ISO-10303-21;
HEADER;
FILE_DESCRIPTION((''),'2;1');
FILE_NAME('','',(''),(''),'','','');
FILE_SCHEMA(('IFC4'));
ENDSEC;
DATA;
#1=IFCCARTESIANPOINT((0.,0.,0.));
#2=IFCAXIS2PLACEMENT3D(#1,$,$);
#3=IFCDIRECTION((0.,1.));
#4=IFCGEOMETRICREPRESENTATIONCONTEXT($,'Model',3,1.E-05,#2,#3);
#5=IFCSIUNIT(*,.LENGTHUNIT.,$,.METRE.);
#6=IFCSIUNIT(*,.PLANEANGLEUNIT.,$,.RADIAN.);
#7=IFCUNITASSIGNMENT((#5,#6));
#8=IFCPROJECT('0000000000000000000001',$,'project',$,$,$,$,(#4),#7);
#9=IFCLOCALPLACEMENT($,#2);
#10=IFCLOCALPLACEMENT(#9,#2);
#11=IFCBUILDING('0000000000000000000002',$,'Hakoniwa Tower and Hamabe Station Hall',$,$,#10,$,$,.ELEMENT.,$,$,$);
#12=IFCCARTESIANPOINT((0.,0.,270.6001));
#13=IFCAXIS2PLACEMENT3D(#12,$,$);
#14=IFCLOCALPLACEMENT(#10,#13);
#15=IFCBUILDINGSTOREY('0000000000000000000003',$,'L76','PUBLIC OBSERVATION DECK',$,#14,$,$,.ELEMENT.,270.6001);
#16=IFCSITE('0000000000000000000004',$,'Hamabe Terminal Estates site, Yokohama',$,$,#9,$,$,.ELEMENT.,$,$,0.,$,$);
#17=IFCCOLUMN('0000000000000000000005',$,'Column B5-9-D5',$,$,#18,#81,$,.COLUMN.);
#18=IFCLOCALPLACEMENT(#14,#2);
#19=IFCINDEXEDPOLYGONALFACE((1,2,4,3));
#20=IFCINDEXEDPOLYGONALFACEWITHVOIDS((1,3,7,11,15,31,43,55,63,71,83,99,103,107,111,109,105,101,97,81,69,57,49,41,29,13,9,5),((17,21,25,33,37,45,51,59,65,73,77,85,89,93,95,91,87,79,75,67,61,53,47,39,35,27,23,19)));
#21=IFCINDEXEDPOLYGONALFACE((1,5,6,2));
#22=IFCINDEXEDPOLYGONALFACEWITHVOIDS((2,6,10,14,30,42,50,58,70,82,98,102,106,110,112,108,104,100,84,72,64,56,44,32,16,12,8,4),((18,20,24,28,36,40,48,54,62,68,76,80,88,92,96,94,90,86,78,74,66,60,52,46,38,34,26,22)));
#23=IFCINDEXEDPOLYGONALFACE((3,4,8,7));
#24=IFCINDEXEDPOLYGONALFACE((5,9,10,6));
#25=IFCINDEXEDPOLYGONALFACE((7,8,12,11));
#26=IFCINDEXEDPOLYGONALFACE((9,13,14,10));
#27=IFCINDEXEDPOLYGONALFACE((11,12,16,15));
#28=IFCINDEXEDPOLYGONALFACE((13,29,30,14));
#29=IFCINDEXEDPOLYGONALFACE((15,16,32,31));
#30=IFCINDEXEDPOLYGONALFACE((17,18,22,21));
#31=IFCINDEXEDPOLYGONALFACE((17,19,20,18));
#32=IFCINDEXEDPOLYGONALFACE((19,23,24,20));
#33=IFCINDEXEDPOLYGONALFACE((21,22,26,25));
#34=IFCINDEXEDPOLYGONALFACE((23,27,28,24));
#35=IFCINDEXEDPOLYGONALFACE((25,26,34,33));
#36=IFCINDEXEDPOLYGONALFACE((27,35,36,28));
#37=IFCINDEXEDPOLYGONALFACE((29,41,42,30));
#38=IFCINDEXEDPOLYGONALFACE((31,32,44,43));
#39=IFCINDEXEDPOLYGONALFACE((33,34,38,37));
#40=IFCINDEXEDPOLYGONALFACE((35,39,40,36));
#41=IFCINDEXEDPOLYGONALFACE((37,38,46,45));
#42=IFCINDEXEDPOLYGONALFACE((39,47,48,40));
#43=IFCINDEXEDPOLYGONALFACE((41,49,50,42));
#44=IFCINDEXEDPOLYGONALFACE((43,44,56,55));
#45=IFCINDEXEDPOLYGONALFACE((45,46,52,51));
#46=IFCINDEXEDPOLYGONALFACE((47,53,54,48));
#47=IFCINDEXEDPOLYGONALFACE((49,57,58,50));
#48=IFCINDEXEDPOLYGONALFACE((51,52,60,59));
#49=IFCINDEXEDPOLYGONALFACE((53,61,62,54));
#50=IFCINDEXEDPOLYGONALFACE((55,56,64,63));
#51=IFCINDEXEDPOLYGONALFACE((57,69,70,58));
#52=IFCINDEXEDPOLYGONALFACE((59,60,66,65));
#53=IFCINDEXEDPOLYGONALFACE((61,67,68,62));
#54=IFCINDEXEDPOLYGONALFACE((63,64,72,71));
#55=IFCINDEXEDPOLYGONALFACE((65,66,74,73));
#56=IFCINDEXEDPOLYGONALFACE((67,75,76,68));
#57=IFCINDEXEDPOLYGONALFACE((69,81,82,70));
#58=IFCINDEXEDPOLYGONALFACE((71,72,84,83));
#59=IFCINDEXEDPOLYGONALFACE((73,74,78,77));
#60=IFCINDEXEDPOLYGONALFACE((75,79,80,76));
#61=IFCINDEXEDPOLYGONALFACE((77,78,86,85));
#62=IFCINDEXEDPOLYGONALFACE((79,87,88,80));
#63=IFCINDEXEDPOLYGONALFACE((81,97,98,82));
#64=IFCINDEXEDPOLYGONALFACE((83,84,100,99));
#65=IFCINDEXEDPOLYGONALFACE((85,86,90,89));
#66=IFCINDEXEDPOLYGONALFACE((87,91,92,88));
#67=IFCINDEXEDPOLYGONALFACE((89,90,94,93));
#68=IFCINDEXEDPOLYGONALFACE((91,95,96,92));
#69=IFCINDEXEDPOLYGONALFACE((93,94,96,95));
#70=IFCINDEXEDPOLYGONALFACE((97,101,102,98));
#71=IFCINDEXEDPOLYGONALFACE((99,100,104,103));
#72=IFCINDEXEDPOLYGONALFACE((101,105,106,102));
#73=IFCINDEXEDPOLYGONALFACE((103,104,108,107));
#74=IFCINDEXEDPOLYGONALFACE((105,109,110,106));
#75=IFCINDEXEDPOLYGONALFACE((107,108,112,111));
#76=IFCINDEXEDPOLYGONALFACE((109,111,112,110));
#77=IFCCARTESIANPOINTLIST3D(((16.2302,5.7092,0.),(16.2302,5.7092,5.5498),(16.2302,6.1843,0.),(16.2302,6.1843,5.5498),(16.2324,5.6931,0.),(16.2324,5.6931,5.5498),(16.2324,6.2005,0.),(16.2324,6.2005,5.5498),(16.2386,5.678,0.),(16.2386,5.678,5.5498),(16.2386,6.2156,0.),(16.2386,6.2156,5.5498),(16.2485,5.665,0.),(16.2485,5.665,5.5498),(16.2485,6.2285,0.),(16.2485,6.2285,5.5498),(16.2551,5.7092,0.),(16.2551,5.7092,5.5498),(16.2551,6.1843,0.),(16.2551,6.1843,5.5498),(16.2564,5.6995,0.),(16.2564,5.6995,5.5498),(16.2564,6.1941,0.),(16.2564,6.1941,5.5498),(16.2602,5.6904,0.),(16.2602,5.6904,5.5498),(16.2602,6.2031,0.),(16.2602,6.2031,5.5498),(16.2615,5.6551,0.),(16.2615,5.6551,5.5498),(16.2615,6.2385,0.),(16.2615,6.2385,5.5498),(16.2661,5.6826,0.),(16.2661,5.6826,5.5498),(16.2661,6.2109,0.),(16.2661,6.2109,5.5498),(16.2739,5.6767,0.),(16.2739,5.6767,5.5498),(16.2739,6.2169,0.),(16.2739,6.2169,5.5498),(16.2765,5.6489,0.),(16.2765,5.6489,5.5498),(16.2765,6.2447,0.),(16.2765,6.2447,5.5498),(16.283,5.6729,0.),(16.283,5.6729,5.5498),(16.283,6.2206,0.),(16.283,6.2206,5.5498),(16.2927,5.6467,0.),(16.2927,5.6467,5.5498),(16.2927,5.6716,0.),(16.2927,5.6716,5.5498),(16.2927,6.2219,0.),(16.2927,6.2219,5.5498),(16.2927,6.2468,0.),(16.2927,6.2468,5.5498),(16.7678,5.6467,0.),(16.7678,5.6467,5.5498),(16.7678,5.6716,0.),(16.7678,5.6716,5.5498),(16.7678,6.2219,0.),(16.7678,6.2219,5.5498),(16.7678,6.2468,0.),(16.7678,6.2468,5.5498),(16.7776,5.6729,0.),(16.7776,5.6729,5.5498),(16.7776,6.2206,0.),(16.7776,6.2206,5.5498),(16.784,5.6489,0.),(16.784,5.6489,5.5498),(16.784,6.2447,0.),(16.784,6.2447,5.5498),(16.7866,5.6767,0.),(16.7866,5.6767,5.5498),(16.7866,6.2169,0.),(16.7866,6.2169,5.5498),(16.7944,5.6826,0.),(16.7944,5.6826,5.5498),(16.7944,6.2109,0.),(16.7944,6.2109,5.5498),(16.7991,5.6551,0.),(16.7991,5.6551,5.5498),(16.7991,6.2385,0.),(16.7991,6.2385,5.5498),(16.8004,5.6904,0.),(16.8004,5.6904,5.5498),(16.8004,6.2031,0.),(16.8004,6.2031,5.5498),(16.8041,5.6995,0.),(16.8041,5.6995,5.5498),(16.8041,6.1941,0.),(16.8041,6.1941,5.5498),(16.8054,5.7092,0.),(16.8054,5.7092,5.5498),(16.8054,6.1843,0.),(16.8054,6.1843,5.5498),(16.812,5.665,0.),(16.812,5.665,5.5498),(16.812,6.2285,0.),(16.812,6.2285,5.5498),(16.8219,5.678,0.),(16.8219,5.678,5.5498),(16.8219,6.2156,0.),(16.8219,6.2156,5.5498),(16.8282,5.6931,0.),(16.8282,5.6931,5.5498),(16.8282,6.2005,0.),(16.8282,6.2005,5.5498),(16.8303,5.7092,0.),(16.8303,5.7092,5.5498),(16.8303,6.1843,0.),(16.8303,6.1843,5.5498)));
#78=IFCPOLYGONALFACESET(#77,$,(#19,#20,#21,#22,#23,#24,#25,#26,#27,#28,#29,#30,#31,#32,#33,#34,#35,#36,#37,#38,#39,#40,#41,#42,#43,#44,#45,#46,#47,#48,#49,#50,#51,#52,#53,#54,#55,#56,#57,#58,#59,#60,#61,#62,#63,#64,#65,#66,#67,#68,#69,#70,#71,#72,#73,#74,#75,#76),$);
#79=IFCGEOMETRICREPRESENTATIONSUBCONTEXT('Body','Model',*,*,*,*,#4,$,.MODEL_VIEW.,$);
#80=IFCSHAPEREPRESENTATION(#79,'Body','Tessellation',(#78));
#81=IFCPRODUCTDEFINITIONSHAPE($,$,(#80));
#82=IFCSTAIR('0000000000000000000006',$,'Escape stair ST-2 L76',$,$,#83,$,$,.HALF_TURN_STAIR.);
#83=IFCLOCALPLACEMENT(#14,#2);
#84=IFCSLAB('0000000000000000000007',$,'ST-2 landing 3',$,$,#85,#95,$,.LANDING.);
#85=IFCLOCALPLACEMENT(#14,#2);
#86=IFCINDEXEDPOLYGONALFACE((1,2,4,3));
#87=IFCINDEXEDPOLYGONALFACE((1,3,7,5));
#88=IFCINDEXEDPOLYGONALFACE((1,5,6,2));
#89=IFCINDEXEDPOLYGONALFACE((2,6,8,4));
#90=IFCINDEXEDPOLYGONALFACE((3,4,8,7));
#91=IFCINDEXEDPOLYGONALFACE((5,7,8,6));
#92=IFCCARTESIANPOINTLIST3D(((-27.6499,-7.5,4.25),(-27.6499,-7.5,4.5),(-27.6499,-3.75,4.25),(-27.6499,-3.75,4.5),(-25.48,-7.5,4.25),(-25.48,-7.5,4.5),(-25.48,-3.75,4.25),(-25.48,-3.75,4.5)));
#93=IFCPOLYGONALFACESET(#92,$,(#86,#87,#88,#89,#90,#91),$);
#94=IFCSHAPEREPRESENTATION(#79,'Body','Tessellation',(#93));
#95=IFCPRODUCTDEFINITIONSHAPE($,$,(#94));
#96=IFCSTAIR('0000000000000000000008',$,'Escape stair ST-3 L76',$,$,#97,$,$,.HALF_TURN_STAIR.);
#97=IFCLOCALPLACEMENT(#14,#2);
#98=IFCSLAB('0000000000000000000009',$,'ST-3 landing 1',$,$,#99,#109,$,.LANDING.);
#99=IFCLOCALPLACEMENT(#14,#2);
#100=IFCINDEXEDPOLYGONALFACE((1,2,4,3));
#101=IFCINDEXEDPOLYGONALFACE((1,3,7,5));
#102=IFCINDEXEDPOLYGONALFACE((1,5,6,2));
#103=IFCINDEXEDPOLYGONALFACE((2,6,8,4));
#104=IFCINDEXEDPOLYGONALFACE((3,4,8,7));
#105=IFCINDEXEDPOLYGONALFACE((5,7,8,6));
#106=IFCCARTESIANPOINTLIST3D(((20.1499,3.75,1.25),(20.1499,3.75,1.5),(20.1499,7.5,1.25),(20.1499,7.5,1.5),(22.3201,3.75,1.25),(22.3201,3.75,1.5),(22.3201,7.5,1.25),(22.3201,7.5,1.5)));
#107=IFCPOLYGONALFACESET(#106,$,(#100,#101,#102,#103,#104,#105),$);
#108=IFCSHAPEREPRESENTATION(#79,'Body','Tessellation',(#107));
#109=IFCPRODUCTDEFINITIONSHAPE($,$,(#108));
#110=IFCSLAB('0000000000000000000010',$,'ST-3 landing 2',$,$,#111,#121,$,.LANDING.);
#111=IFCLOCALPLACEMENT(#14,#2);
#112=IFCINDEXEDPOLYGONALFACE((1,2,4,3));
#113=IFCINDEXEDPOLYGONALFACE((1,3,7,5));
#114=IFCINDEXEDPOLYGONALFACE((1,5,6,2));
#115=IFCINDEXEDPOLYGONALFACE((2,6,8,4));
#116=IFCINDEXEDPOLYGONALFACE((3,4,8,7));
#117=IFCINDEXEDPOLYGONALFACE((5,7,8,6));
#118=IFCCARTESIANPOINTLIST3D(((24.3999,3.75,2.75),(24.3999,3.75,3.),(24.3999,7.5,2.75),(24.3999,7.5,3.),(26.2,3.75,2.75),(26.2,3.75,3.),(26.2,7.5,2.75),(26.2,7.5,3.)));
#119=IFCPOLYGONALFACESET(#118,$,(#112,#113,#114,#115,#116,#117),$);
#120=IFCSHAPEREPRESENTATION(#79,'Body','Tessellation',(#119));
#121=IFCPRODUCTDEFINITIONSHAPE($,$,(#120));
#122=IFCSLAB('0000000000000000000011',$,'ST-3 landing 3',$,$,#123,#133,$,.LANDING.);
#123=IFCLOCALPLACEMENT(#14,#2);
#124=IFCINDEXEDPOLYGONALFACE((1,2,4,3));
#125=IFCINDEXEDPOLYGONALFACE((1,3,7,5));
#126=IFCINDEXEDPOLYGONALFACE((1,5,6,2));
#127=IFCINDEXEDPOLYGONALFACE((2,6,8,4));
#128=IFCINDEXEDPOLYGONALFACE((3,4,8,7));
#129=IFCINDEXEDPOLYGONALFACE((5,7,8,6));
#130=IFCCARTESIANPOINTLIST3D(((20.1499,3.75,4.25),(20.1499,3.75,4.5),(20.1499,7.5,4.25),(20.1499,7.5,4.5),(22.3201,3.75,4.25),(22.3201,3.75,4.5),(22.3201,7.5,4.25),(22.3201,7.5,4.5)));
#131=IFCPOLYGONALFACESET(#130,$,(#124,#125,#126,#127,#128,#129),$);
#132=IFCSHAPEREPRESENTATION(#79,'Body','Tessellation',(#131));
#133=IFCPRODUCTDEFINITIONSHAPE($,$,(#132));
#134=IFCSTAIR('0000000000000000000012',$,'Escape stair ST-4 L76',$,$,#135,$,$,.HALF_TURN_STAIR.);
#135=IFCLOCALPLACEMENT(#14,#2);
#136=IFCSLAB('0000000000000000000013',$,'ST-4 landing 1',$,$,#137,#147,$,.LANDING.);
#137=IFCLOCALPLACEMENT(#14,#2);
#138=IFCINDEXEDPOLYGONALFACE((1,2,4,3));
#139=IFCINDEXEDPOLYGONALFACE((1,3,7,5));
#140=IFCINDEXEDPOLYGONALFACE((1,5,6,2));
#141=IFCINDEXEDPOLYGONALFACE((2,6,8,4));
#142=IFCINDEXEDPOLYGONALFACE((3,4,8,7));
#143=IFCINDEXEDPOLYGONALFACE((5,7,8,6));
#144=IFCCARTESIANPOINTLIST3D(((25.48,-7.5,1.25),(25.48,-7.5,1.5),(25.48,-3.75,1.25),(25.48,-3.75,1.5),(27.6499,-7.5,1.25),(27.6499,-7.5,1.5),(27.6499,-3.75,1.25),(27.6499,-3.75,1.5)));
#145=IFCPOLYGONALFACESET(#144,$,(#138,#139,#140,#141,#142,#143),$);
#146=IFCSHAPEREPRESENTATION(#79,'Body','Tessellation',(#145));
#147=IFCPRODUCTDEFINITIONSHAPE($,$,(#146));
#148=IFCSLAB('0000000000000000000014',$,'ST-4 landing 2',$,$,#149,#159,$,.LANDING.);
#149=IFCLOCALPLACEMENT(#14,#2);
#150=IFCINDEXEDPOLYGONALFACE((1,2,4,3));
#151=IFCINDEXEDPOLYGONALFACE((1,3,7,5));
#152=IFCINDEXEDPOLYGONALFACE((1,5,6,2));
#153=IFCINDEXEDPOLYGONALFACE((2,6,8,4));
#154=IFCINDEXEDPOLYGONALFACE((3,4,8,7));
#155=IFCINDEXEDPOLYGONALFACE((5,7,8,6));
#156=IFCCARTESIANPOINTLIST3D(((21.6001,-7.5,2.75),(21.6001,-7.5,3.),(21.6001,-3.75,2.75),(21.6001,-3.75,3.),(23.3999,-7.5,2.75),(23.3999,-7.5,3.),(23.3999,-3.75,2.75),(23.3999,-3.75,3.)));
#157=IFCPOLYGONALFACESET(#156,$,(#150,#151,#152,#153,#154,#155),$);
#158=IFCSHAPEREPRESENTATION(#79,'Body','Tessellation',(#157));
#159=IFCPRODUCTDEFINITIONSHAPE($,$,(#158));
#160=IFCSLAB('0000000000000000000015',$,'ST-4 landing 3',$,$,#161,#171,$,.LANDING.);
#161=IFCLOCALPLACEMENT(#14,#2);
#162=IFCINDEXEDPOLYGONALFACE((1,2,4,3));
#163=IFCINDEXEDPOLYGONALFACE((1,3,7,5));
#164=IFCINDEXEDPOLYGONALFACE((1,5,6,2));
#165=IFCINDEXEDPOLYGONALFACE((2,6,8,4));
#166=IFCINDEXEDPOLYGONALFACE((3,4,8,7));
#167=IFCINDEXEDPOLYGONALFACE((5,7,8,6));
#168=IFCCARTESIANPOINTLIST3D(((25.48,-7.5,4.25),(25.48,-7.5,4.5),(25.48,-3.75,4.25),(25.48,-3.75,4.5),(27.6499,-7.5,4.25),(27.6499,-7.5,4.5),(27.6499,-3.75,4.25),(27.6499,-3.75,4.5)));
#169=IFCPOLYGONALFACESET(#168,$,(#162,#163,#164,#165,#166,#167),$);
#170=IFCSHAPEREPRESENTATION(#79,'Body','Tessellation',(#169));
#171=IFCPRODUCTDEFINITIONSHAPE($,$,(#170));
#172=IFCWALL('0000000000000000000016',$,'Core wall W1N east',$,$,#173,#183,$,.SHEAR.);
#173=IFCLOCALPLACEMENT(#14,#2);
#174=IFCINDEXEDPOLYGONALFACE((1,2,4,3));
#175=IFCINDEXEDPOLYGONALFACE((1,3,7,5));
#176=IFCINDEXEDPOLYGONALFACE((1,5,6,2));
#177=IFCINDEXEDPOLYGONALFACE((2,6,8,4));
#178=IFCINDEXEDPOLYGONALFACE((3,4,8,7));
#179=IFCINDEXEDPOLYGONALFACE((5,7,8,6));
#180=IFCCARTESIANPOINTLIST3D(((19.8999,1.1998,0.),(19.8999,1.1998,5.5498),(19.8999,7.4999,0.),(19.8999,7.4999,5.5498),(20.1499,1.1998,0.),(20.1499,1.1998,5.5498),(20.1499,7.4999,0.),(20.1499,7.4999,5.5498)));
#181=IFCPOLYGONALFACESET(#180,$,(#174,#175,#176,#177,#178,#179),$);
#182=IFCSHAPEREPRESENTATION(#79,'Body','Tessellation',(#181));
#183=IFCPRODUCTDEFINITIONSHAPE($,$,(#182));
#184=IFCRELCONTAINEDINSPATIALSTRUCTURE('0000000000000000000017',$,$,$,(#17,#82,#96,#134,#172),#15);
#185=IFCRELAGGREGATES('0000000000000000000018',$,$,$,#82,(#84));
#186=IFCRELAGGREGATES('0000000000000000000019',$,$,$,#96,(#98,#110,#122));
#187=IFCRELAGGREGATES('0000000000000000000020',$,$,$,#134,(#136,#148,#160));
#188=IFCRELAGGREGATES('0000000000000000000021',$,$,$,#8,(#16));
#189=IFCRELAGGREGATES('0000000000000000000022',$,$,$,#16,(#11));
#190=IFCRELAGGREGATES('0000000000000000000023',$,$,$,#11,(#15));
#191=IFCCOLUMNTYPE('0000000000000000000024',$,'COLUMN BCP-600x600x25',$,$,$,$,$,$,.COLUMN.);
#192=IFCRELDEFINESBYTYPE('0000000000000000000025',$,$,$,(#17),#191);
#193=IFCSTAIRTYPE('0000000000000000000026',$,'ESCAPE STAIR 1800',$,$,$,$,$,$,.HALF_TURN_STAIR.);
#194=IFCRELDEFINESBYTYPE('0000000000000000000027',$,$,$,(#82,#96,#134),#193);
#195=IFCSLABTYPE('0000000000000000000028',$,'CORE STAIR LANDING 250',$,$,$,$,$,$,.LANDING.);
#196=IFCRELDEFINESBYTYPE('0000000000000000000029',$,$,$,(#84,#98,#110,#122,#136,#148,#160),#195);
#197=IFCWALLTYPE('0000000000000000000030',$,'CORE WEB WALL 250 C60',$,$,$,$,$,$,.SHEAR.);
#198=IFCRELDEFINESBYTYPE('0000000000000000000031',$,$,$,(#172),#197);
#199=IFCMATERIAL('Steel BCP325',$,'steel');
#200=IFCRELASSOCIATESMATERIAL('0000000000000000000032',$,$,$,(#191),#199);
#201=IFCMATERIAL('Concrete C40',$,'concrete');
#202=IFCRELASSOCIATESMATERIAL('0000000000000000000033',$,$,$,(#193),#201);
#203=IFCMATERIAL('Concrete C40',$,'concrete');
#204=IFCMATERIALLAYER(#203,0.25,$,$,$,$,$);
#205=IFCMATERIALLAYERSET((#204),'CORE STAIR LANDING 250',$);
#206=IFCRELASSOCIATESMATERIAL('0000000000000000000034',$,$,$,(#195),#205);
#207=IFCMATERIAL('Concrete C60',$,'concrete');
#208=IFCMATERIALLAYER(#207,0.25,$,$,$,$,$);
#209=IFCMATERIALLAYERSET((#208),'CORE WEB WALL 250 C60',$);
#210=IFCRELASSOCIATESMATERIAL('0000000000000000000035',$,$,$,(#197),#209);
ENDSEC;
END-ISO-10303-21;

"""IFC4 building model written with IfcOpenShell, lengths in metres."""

from ifc_helpers import new_model, si_unit, direction, frame, frame_2d, origin, origin_2d, place, context, subcontext, project, spatial, polyline, rectangle, hollow_rectangle, outline, extrude, material, layer, layer_set, material_profile, profile_set, type_object, element, aggregate, save


model = new_model("IFC4")

# Units and contexts
model_context = context("Model", 3, precision=1e-05, world=origin(), true_north=direction((0.0, 1.0)))
body_context = subcontext(model_context, "Body", "Model", "MODEL_VIEW")
ifc_project = project(units=[si_unit("LENGTHUNIT", "METRE"), si_unit("PLANEANGLEUNIT", "RADIAN")], contexts=[model_context])

# Site, building, storey
site_placement = place(None, origin())
site = spatial("IfcSite", under=ifc_project, at=site_placement, Name="Hamabe Terminal Estates site, Yokohama", CompositionType="ELEMENT", RefElevation=0.0)
building_placement = place(site_placement, origin())
building = spatial("IfcBuilding", under=site, at=building_placement, Name="Hakoniwa Tower and Hamabe Station Hall", CompositionType="ELEMENT")
storey_placement = place(building_placement, frame((0.0, 0.0, 270.6001)))
storey = spatial("IfcBuildingStorey", under=building, at=storey_placement, Name="L76", Description="PUBLIC OBSERVATION DECK", CompositionType="ELEMENT", Elevation=270.6001)

# Column
ifc_material_1 = material(Name="Steel BCP325", Category="steel")
ifc_material_profile = material_profile(ifc_material_1, hollow_rectangle(XDim=0.6001, YDim=0.6001, WallThickness=0.0249, InnerFilletRadius=0.0376, OuterFilletRadius=0.0625, at=origin_2d()), Name="BCP-600x600x25")
ifc_profile_set = profile_set([ifc_material_profile], Name="Steel BCP325")
column_type = type_object("IfcColumnType", Name="COLUMN BCP-600x600x25", PredefinedType="COLUMN", material=ifc_profile_set)
for number, where, z_axis, x_axis, name in (
    (1, (16.5303, 5.9468, 0.0), (0.0, 0.0, 1.0), (1.0, 0.0, 0.0), "Column B5-9-D5"),
):
    element("IfcColumn", number, at=place(storey_placement, frame(where, z_axis=z_axis, x_axis=x_axis)), inside=storey, type_object=column_type, Name=name, PredefinedType="COLUMN", context=body_context, shape_type="SweptSolid", body=[
        extrude(hollow_rectangle(XDim=0.6001, YDim=0.6001, WallThickness=0.0249, InnerFilletRadius=0.0376, OuterFilletRadius=0.0625, at=origin_2d()), origin(), (0.0, 0.0, 1.0), 5.5498),
    ])

# Stair, slab
ifc_material_2 = material(Name="Concrete C40", Category="concrete")
stair_type = type_object("IfcStairType", Name="ESCAPE STAIR 1800", PredefinedType="HALF_TURN_STAIR", material=ifc_material_2)
stair_1_placement = place(storey_placement, origin())
stair_1 = element("IfcStair", 2, at=stair_1_placement, inside=storey, type_object=stair_type, Name="Escape stair ST-2 L76", PredefinedType="HALF_TURN_STAIR")
ifc_material_3 = material(Name="Concrete C40", Category="concrete")
ifc_layer_1 = layer(ifc_material_3, 0.25)
ifc_layer_set_1 = layer_set([ifc_layer_1], Name="CORE STAIR LANDING 250")
slab_type = type_object("IfcSlabType", Name="CORE STAIR LANDING 250", PredefinedType="LANDING", material=ifc_layer_set_1)
slab_1_placement = place(storey_placement, frame((0.0, 0.0, 4.25)))
slab_1 = element("IfcSlab", 3, at=slab_1_placement, type_object=slab_type, Name="ST-2 landing 3", PredefinedType="LANDING", context=body_context, shape_type="SweptSolid", body=[
    extrude(outline(polyline([(-25.48, -7.5), (-27.6499, -7.5), (-27.6499, -3.75), (-25.48, -3.75), (-25.48, -7.5)])), origin(), (0.0, 0.0, 1.0), 0.25),
])
aggregate(stair_1, [slab_1])

# Stairs, slabs
stair_2_placement = place(storey_placement, origin())
stair_2 = element("IfcStair", 4, at=stair_2_placement, inside=storey, type_object=stair_type, Name="Escape stair ST-3 L76", PredefinedType="HALF_TURN_STAIR")
slab_2_placement = place(storey_placement, frame((0.0, 0.0, 1.25)))
slab_2 = element("IfcSlab", 5, at=slab_2_placement, type_object=slab_type, Name="ST-3 landing 1", PredefinedType="LANDING", context=body_context, shape_type="SweptSolid", body=[
    extrude(outline(polyline([(22.3201, 3.75), (20.1499, 3.75), (20.1499, 7.5), (22.3201, 7.5), (22.3201, 3.75)])), origin(), (0.0, 0.0, 1.0), 0.25),
])
slab_3_placement = place(storey_placement, frame((0.0, 0.0, 2.75)))
slab_3 = element("IfcSlab", 6, at=slab_3_placement, type_object=slab_type, Name="ST-3 landing 2", PredefinedType="LANDING", context=body_context, shape_type="SweptSolid", body=[
    extrude(outline(polyline([(26.2, 3.75), (24.3999, 3.75), (24.3999, 7.5), (26.2, 7.5), (26.2, 3.75)])), origin(), (0.0, 0.0, 1.0), 0.25),
])
slab_4_placement = place(storey_placement, frame((0.0, 0.0, 4.25)))
slab_4 = element("IfcSlab", 7, at=slab_4_placement, type_object=slab_type, Name="ST-3 landing 3", PredefinedType="LANDING", context=body_context, shape_type="SweptSolid", body=[
    extrude(outline(polyline([(22.3201, 3.75), (20.1499, 3.75), (20.1499, 7.5), (22.3201, 7.5), (22.3201, 3.75)])), origin(), (0.0, 0.0, 1.0), 0.25),
])
aggregate(stair_2, [slab_2, slab_3, slab_4])
stair_3_placement = place(storey_placement, origin())
stair_3 = element("IfcStair", 8, at=stair_3_placement, inside=storey, type_object=stair_type, Name="Escape stair ST-4 L76", PredefinedType="HALF_TURN_STAIR")
slab_5_placement = place(storey_placement, frame((0.0, 0.0, 1.25)))
slab_5 = element("IfcSlab", 9, at=slab_5_placement, type_object=slab_type, Name="ST-4 landing 1", PredefinedType="LANDING", context=body_context, shape_type="SweptSolid", body=[
    extrude(outline(polyline([(25.48, -7.5), (27.6499, -7.5), (27.6499, -3.75), (25.48, -3.75), (25.48, -7.5)])), origin(), (0.0, 0.0, 1.0), 0.25),
])
slab_6_placement = place(storey_placement, frame((0.0, 0.0, 2.75)))
slab_6 = element("IfcSlab", 10, at=slab_6_placement, type_object=slab_type, Name="ST-4 landing 2", PredefinedType="LANDING", context=body_context, shape_type="SweptSolid", body=[
    extrude(outline(polyline([(21.6001, -7.5), (23.3999, -7.5), (23.3999, -3.75), (21.6001, -3.75), (21.6001, -7.5)])), origin(), (0.0, 0.0, 1.0), 0.25),
])
slab_7_placement = place(storey_placement, frame((0.0, 0.0, 4.25)))
slab_7 = element("IfcSlab", 11, at=slab_7_placement, type_object=slab_type, Name="ST-4 landing 3", PredefinedType="LANDING", context=body_context, shape_type="SweptSolid", body=[
    extrude(outline(polyline([(25.48, -7.5), (27.6499, -7.5), (27.6499, -3.75), (25.48, -3.75), (25.48, -7.5)])), origin(), (0.0, 0.0, 1.0), 0.25),
])
aggregate(stair_3, [slab_5, slab_6, slab_7])

# Wall
ifc_material_4 = material(Name="Concrete C60", Category="concrete")
ifc_layer_2 = layer(ifc_material_4, 0.25)
ifc_layer_set_2 = layer_set([ifc_layer_2], Name="CORE WEB WALL 250 C60")
wall_type_1 = type_object("IfcWallType", Name="CORE WEB WALL 250 C60", PredefinedType="SHEAR", material=ifc_layer_set_2)
wall_1_placement = place(storey_placement, frame((20.0249, 1.2, 0.0), z_axis=(0.0, 0.0, 1.0), x_axis=(0.0, 1.0, 0.0)))
element("IfcWall", 12, at=wall_1_placement, inside=storey, type_object=wall_type_1, Name="Core wall W1N east", PredefinedType="SHEAR", context=body_context, shape_type="SweptSolid", body=[
    extrude(rectangle(XDim=6.3, YDim=0.25, at=frame_2d((3.1499, 0.0))), origin(), (0.0, 0.0, 1.0), 5.5498),
])

save(model, "model.ifc")
